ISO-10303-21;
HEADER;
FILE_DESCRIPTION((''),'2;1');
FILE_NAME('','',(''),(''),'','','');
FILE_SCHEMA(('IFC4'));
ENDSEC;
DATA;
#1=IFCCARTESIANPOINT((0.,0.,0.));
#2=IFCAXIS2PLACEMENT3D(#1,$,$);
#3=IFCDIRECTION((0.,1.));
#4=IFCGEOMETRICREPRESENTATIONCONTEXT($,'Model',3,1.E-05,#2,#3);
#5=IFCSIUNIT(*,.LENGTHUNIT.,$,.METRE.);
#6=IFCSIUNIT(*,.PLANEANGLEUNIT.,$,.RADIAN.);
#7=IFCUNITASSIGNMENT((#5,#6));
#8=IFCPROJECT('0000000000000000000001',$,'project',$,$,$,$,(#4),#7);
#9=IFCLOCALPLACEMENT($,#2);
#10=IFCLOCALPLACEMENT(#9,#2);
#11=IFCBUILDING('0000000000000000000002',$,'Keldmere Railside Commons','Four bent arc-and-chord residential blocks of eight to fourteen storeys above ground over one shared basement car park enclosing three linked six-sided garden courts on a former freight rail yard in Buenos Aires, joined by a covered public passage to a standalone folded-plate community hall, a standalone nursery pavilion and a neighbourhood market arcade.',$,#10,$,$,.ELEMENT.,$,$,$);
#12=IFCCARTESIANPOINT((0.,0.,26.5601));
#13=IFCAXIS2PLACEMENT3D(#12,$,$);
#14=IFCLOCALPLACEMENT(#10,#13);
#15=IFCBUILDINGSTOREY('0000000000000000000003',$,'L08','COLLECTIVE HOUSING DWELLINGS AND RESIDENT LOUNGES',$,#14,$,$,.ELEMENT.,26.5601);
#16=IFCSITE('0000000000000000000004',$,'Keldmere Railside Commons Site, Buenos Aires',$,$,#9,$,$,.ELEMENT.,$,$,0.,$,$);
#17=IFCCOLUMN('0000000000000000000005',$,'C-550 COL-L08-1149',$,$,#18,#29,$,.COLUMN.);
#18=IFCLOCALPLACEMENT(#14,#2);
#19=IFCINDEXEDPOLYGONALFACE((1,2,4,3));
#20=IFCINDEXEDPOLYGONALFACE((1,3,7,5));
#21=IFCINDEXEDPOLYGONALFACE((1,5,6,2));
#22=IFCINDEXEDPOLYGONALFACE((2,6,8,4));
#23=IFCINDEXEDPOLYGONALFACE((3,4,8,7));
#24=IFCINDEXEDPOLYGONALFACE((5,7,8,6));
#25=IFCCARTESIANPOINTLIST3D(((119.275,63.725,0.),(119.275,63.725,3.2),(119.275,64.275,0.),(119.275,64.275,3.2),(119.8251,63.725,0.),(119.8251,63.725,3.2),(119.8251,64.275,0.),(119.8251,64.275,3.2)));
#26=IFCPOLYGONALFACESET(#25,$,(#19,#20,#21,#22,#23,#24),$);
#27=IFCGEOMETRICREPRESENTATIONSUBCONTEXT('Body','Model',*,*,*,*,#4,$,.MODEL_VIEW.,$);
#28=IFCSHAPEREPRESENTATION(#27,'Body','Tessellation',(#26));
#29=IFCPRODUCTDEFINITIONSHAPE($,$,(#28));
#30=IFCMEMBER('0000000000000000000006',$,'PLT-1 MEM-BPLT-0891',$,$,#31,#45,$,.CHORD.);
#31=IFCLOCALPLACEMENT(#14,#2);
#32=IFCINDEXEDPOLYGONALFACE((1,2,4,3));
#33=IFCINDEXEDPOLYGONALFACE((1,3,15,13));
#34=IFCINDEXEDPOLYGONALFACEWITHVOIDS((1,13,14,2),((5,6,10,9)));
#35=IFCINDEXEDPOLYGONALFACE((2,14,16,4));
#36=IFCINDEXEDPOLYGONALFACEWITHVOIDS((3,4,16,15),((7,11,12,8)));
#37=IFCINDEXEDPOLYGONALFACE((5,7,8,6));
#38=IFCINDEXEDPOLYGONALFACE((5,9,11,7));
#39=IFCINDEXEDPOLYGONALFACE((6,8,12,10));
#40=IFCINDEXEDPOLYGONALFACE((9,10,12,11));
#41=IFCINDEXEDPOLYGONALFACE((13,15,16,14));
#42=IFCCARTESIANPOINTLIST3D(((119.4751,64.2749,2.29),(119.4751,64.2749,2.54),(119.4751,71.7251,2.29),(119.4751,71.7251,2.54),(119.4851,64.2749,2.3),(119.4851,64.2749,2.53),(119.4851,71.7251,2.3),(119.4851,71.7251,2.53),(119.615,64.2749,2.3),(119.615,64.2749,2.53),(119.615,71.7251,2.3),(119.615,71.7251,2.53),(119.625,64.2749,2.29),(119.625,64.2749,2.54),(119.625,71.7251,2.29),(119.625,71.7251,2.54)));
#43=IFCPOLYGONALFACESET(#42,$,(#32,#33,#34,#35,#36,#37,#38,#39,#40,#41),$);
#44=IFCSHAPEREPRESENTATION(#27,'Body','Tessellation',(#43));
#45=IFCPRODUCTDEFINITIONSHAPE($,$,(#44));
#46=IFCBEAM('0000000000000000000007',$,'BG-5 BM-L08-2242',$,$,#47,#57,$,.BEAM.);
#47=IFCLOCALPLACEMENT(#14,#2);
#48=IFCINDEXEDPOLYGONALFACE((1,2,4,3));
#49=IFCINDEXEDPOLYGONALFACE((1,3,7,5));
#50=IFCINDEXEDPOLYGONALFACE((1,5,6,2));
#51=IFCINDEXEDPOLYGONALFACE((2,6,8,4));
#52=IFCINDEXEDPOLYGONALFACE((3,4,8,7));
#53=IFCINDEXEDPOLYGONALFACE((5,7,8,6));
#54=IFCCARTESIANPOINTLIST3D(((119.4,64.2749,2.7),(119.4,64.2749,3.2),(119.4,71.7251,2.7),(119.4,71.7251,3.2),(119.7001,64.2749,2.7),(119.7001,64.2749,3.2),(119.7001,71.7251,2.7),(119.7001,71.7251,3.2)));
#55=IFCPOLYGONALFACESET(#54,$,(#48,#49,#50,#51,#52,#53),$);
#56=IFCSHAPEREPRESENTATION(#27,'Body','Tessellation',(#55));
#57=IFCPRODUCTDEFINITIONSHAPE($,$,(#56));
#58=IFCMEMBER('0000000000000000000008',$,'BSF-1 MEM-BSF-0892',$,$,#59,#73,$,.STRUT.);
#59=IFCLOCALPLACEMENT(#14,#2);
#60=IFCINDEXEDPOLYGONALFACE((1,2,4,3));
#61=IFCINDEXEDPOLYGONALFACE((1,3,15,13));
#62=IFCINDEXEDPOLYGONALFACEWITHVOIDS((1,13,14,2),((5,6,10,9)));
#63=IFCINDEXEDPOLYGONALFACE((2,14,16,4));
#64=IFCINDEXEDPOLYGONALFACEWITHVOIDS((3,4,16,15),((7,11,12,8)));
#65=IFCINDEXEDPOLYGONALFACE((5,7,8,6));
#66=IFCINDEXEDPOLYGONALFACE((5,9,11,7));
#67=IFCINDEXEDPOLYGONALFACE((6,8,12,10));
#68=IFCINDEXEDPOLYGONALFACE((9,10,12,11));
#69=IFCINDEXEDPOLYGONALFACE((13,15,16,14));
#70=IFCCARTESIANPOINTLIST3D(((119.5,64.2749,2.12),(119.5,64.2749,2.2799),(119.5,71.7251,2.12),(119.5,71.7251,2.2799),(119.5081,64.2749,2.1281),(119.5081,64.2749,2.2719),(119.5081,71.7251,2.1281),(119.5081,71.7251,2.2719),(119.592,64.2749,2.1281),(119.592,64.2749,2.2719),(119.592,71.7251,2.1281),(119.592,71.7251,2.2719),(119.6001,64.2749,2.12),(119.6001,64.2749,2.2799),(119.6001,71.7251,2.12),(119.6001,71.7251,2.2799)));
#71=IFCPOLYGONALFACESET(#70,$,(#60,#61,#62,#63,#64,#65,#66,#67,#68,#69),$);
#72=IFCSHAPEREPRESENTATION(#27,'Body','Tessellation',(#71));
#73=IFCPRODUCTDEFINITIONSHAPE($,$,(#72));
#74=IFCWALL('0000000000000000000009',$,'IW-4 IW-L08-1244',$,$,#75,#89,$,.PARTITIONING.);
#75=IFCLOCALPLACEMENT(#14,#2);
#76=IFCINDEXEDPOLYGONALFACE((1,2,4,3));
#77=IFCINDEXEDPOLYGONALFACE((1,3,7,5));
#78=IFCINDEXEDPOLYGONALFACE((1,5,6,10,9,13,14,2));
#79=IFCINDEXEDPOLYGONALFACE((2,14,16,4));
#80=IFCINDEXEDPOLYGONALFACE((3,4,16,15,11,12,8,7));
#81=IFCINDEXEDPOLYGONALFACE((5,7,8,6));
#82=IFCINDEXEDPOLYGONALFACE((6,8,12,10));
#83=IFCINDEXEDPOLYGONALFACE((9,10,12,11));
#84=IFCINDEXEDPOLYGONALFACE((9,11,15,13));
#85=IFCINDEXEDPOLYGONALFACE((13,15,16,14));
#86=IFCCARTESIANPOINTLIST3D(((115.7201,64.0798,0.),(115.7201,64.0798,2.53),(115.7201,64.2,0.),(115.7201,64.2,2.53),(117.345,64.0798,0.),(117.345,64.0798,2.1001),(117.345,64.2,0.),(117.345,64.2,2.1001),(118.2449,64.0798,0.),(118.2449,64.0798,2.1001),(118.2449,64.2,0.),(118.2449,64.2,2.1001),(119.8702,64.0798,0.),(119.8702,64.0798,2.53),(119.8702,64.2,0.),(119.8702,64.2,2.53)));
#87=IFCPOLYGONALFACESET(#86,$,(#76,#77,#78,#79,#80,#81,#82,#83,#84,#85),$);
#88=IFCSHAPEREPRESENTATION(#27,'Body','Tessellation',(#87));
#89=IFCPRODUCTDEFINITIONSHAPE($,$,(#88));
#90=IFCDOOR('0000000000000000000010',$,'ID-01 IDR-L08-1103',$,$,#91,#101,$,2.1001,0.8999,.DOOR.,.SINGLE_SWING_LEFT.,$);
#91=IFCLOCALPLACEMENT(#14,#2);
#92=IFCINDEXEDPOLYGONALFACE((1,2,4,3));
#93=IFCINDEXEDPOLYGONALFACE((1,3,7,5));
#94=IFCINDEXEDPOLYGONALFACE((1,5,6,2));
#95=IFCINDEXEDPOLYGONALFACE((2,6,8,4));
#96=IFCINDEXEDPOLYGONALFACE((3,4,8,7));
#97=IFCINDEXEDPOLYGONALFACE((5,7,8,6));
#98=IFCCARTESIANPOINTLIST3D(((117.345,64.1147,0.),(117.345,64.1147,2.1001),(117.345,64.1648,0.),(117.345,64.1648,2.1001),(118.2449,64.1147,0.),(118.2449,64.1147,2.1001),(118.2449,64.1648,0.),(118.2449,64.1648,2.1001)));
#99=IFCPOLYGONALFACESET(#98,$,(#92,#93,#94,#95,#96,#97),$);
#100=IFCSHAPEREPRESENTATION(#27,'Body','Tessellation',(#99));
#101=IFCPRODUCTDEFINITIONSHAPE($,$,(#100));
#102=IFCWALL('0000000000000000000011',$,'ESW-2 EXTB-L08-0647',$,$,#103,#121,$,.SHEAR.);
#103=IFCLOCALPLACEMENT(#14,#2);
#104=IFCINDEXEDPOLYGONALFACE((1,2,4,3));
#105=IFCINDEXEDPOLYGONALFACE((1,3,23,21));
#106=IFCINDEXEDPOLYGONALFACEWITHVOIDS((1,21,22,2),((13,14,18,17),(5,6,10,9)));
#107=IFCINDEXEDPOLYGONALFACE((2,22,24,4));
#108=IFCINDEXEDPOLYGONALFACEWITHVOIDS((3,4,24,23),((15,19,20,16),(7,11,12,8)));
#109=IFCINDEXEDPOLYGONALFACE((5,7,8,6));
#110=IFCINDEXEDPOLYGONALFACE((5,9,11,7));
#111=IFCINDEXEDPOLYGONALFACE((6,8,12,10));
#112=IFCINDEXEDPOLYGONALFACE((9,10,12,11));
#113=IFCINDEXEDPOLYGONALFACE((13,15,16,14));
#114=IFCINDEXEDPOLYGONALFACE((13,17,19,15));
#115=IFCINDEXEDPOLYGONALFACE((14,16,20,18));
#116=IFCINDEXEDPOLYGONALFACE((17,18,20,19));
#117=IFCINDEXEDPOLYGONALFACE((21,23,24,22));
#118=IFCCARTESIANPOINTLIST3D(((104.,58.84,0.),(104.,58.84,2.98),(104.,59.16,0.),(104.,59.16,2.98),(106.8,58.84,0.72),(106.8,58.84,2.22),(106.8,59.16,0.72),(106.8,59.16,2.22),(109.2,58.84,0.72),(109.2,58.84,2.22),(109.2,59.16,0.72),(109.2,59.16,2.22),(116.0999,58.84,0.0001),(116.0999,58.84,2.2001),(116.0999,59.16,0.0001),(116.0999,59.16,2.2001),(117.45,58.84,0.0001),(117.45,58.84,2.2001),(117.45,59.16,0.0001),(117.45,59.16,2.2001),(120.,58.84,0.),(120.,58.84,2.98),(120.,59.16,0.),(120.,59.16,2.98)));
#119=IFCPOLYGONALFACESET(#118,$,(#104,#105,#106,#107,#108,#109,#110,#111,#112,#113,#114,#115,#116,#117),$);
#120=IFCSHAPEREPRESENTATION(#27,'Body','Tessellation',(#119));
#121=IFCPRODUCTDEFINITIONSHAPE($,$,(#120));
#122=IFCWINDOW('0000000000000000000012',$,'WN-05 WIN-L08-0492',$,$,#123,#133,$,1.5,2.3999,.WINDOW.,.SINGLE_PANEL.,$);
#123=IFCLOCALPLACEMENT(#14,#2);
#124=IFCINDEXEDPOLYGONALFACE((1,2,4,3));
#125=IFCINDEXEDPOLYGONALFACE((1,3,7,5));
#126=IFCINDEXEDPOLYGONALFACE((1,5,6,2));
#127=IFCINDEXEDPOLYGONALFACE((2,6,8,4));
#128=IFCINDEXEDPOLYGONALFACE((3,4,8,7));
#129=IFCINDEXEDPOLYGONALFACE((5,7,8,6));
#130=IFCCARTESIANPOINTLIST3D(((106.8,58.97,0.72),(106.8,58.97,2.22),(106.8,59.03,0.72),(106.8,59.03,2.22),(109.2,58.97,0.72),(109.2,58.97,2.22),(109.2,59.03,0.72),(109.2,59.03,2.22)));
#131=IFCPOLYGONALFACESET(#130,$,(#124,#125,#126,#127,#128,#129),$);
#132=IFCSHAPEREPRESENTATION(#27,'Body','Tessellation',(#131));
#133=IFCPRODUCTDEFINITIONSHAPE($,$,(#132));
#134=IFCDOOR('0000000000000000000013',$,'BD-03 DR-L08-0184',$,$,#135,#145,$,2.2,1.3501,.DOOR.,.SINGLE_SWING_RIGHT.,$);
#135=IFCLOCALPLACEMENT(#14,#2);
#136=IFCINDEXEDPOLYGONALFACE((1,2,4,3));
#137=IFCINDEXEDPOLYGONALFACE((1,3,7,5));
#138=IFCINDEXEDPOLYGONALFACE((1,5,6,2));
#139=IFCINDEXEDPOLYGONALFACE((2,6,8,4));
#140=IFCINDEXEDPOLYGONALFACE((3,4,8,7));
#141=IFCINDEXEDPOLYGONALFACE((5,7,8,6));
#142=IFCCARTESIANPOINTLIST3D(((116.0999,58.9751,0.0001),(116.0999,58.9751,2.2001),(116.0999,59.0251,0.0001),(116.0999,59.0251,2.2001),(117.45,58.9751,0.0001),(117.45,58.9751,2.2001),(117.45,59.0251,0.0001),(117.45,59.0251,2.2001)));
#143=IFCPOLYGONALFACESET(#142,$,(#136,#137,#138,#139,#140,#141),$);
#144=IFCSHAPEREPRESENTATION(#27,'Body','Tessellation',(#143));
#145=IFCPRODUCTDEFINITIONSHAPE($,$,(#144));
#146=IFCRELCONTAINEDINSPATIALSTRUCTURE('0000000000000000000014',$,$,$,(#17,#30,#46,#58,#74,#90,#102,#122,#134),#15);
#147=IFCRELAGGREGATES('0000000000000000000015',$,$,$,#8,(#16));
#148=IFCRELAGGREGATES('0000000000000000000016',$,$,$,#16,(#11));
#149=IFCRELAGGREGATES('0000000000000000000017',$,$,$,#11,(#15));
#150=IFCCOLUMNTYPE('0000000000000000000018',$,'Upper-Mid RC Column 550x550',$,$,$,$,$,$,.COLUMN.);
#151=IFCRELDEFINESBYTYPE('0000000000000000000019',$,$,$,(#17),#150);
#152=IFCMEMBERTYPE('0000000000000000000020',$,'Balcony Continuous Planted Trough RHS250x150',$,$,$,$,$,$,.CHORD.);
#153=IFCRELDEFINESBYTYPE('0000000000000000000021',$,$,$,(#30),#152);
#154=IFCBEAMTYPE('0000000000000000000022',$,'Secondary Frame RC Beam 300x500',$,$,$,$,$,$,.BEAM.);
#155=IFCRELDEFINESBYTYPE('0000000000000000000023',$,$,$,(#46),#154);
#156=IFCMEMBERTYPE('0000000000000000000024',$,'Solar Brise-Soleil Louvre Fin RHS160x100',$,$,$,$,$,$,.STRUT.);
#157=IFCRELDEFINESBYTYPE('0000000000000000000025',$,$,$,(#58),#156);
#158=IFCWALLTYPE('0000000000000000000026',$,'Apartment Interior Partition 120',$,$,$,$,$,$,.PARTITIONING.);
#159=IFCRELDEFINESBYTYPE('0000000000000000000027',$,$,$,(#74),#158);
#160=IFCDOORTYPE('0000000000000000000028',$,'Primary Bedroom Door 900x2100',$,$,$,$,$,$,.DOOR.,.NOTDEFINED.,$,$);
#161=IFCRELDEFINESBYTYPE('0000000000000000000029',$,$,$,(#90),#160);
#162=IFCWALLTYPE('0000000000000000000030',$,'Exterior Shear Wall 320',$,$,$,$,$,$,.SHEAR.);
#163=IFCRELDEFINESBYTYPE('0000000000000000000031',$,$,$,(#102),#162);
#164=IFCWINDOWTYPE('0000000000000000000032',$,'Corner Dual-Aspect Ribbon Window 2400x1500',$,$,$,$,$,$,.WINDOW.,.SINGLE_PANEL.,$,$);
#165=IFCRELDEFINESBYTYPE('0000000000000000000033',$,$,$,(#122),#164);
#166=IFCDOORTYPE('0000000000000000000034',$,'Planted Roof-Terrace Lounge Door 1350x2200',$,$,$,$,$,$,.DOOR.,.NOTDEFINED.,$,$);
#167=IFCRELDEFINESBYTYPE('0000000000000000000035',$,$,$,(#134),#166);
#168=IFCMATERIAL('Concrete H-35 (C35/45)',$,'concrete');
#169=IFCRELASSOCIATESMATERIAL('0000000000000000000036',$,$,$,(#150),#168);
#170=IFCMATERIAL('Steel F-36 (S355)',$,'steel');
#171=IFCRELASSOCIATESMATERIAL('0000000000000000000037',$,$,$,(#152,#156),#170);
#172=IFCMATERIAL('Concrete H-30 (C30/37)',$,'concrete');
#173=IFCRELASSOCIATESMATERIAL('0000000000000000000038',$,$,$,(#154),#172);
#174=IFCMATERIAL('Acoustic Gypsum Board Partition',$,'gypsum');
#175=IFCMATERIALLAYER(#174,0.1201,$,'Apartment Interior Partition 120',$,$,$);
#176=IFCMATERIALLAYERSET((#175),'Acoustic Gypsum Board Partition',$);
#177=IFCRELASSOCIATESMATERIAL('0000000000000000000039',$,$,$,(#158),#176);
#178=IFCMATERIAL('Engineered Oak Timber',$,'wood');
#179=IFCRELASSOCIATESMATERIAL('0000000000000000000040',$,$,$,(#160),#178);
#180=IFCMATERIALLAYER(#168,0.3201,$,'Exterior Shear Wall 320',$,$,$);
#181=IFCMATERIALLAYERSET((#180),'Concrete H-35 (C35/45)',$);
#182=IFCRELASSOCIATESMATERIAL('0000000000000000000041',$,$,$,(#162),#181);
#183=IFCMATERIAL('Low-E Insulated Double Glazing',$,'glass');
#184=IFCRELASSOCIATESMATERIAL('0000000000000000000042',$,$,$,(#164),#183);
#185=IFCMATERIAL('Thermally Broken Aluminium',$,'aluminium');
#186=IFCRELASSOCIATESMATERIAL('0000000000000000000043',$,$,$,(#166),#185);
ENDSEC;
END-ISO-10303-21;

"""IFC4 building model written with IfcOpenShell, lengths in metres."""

from ifc_helpers import new_model, si_unit, direction, frame, frame_2d, origin, origin_2d, place, context, subcontext, project, spatial, rectangle, hollow_rectangle, extrude, material, layer, layer_set, material_profile, profile_set, type_object, element, fill, save


model = new_model("IFC4")

# Units and contexts
model_context = context("Model", 3, precision=1e-05, world=origin(), true_north=direction((0.0, 1.0)))
body_context = subcontext(model_context, "Body", "Model", "MODEL_VIEW")
ifc_project = project(units=[si_unit("LENGTHUNIT", "METRE"), si_unit("PLANEANGLEUNIT", "RADIAN")], contexts=[model_context])

# Site, building, storey
site_placement = place(None, origin())
site = spatial("IfcSite", under=ifc_project, at=site_placement, Name="Keldmere Railside Commons Site, Buenos Aires", CompositionType="ELEMENT", RefElevation=0.0)
building_placement = place(site_placement, origin())
building = spatial("IfcBuilding", under=site, at=building_placement, Name="Keldmere Railside Commons", Description="Four bent arc-and-chord residential blocks of eight to fourteen storeys above ground over one shared basement car park enclosing three linked six-sided garden courts on a former freight rail yard in Buenos Aires, joined by a covered public passage to a standalone folded-plate community hall, a standalone nursery pavilion and a neighbourhood market arcade.", CompositionType="ELEMENT")
storey_placement = place(building_placement, frame((0.0, 0.0, 26.5601)))
storey = spatial("IfcBuildingStorey", under=building, at=storey_placement, Name="L08", Description="COLLECTIVE HOUSING DWELLINGS AND RESIDENT LOUNGES", CompositionType="ELEMENT", Elevation=26.5601)

# Column
ifc_material_1 = material(Name="Concrete H-35 (C35/45)", Category="concrete")
ifc_material_profile_1 = material_profile(ifc_material_1, rectangle(XDim=0.55, YDim=0.55, at=origin_2d()), Name="RC-550x550")
ifc_profile_set_1 = profile_set([ifc_material_profile_1], Name="Concrete H-35 (C35/45)")
column_type = type_object("IfcColumnType", Name="Upper-Mid RC Column 550x550", PredefinedType="COLUMN", material=ifc_profile_set_1)
column_placement = place(storey_placement, frame((119.55, 64.0, 0.0), z_axis=(0.0, 0.0, 1.0), x_axis=(1.0, 0.0, 0.0)))
element("IfcColumn", 1, at=column_placement, inside=storey, type_object=column_type, Name="C-550 COL-L08-1149", PredefinedType="COLUMN", context=body_context, shape_type="SweptSolid", body=[
    extrude(rectangle(XDim=0.55, YDim=0.55, at=origin_2d()), origin(), (0.0, 0.0, 1.0), 3.2),
])

# Member
ifc_material_2 = material(Name="Steel F-36 (S355)", Category="steel")
ifc_material_profile_2 = material_profile(ifc_material_2, hollow_rectangle(XDim=0.1499, YDim=0.25, WallThickness=0.01, at=origin_2d()), Name="RHS-250x150x10")
ifc_profile_set_2 = profile_set([ifc_material_profile_2], Name="Steel F-36 (S355)")
member_type_1 = type_object("IfcMemberType", Name="Balcony Continuous Planted Trough RHS250x150", PredefinedType="CHORD", material=ifc_profile_set_2)
member_1_placement = place(storey_placement, frame((119.55, 64.2749, 2.415), z_axis=(0.0, 1.0, 0.0), x_axis=(-1.0, 0.0, 0.0)))
element("IfcMember", 2, at=member_1_placement, inside=storey, type_object=member_type_1, Name="PLT-1 MEM-BPLT-0891", PredefinedType="CHORD", context=body_context, shape_type="SweptSolid", body=[
    extrude(hollow_rectangle(XDim=0.1499, YDim=0.25, WallThickness=0.01, at=origin_2d()), origin(), (0.0, 0.0, 1.0), 7.4502),
])

# Beam
ifc_material_3 = material(Name="Concrete H-30 (C30/37)", Category="concrete")
ifc_material_profile_3 = material_profile(ifc_material_3, rectangle(XDim=0.3, YDim=0.5, at=origin_2d()), Name="RC-300x500")
ifc_profile_set_3 = profile_set([ifc_material_profile_3], Name="Concrete H-30 (C30/37)")
beam_type = type_object("IfcBeamType", Name="Secondary Frame RC Beam 300x500", PredefinedType="BEAM", material=ifc_profile_set_3)
beam_placement = place(storey_placement, frame((119.55, 64.2749, 2.95), z_axis=(0.0, 1.0, 0.0), x_axis=(-1.0, 0.0, 0.0)))
element("IfcBeam", 3, at=beam_placement, inside=storey, type_object=beam_type, Name="BG-5 BM-L08-2242", PredefinedType="BEAM", context=body_context, shape_type="SweptSolid", body=[
    extrude(rectangle(XDim=0.3, YDim=0.5, at=origin_2d()), origin(), (0.0, 0.0, 1.0), 7.4502),
])

# Member
ifc_material_profile_4 = material_profile(ifc_material_2, hollow_rectangle(XDim=0.1001, YDim=0.1599, WallThickness=0.0081, at=origin_2d()), Name="RHS-160x100x8")
ifc_profile_set_4 = profile_set([ifc_material_profile_4], Name="Steel F-36 (S355)")
member_type_2 = type_object("IfcMemberType", Name="Solar Brise-Soleil Louvre Fin RHS160x100", PredefinedType="STRUT", material=ifc_profile_set_4)
member_2_placement = place(storey_placement, frame((119.55, 64.2749, 2.2), z_axis=(0.0, 1.0, 0.0), x_axis=(-1.0, 0.0, 0.0)))
element("IfcMember", 4, at=member_2_placement, inside=storey, type_object=member_type_2, Name="BSF-1 MEM-BSF-0892", PredefinedType="STRUT", context=body_context, shape_type="SweptSolid", body=[
    extrude(hollow_rectangle(XDim=0.1001, YDim=0.1599, WallThickness=0.0081, at=origin_2d()), origin(), (0.0, 0.0, 1.0), 7.4502),
])

# Wall, opening, door
ifc_material_4 = material(Name="Acoustic Gypsum Board Partition", Category="gypsum")
ifc_layer_1 = layer(ifc_material_4, 0.1201, Name="Apartment Interior Partition 120")
ifc_layer_set_1 = layer_set([ifc_layer_1], Name="Acoustic Gypsum Board Partition")
wall_type_1 = type_object("IfcWallType", Name="Apartment Interior Partition 120", PredefinedType="PARTITIONING", material=ifc_layer_set_1)
wall_1_placement = place(storey_placement, frame((115.72, 64.1399, 0.0), z_axis=(0.0, 0.0, 1.0), x_axis=(1.0, 0.0, 0.0)))
wall_1 = element("IfcWall", 5, at=wall_1_placement, inside=storey, type_object=wall_type_1, Name="IW-4 IW-L08-1244", PredefinedType="PARTITIONING", context=body_context, shape_type="SweptSolid", body=[
    extrude(rectangle(XDim=4.1501, YDim=0.1201, at=frame_2d((2.0752, 0.0))), origin(), (0.0, 0.0, 1.0), 2.53),
])
opening_1_placement = place(wall_1_placement, frame((1.625, 0.0, 0.0)))
opening_1 = element("IfcOpeningElement", 6, at=opening_1_placement, cuts=wall_1, PredefinedType="OPENING", context=body_context, shape_type="SweptSolid", body=[
    extrude(rectangle(XDim=0.8999, YDim=2.1001, at=frame_2d((0.45, 1.05))), frame((0.0, 0.0701, 0.0), z_axis=(0.0, -1.0, 0.0), x_axis=(1.0, 0.0, 0.0)), (0.0, 0.0, 1.0), 0.1401),
])
ifc_material_5 = material(Name="Engineered Oak Timber", Category="wood")
door_type_1 = type_object("IfcDoorType", Name="Primary Bedroom Door 900x2100", OperationType="NOTDEFINED", PredefinedType="DOOR", material=ifc_material_5)
door_1_placement = place(opening_1_placement, origin())
door_1 = element("IfcDoor", 7, at=door_1_placement, inside=storey, type_object=door_type_1, Name="ID-01 IDR-L08-1103", OperationType="SINGLE_SWING_LEFT", OverallHeight=2.1001, OverallWidth=0.8999, PredefinedType="DOOR", context=body_context, shape_type="SweptSolid", body=[
    extrude(rectangle(XDim=0.8999, YDim=2.1001, at=frame_2d((0.45, 1.05))), frame((0.0, 0.0249, 0.0), z_axis=(0.0, -1.0, 0.0), x_axis=(1.0, 0.0, 0.0)), (0.0, 0.0, 1.0), 0.05),
])
fill(opening_1, door_1)

# Wall, openings, window, door
ifc_layer_2 = layer(ifc_material_1, 0.3201, Name="Exterior Shear Wall 320")
ifc_layer_set_2 = layer_set([ifc_layer_2], Name="Concrete H-35 (C35/45)")
wall_type_2 = type_object("IfcWallType", Name="Exterior Shear Wall 320", PredefinedType="SHEAR", material=ifc_layer_set_2)
wall_2_placement = place(storey_placement, frame((120.0, 59.0, 0.0), z_axis=(0.0, 0.0, 1.0), x_axis=(-1.0, 0.0, 0.0)))
wall_2 = element("IfcWall", 8, at=wall_2_placement, inside=storey, type_object=wall_type_2, Name="ESW-2 EXTB-L08-0647", PredefinedType="SHEAR", context=body_context, shape_type="SweptSolid", body=[
    extrude(rectangle(XDim=16.0, YDim=0.3201, at=frame_2d((8.0, 0.0))), origin(), (0.0, 0.0, 1.0), 2.98),
])
opening_2_placement = place(wall_2_placement, frame((2.55, 0.0, 0.0)))
opening_2 = element("IfcOpeningElement", 9, at=opening_2_placement, cuts=wall_2, PredefinedType="OPENING", context=body_context, shape_type="SweptSolid", body=[
    extrude(rectangle(XDim=1.3501, YDim=2.2, at=frame_2d((0.675, 1.1001))), frame((0.0, 0.1699, 0.0), z_axis=(0.0, -1.0, 0.0), x_axis=(1.0, 0.0, 0.0)), (0.0, 0.0, 1.0), 0.3401),
])
opening_3_placement = place(wall_2_placement, frame((10.8, 0.0, 0.72)))
opening_3 = element("IfcOpeningElement", 10, at=opening_3_placement, cuts=wall_2, PredefinedType="OPENING", context=body_context, shape_type="SweptSolid", body=[
    extrude(rectangle(XDim=2.3999, YDim=1.5, at=frame_2d((1.2, 0.75))), frame((0.0, 0.1699, 0.0), z_axis=(0.0, -1.0, 0.0), x_axis=(1.0, 0.0, 0.0)), (0.0, 0.0, 1.0), 0.3401),
])
ifc_material_6 = material(Name="Low-E Insulated Double Glazing", Category="glass")
window_type = type_object("IfcWindowType", Name="Corner Dual-Aspect Ribbon Window 2400x1500", PartitioningType="SINGLE_PANEL", PredefinedType="WINDOW", material=ifc_material_6)
window_placement = place(opening_3_placement, origin())
window = element("IfcWindow", 11, at=window_placement, inside=storey, type_object=window_type, Name="WN-05 WIN-L08-0492", OverallHeight=1.5, OverallWidth=2.3999, PartitioningType="SINGLE_PANEL", PredefinedType="WINDOW", context=body_context, shape_type="SweptSolid", body=[
    extrude(rectangle(XDim=2.3999, YDim=1.5, at=frame_2d((1.2, 0.75))), frame((0.0, 0.03, 0.0), z_axis=(0.0, -1.0, 0.0), x_axis=(1.0, 0.0, 0.0)), (0.0, 0.0, 1.0), 0.0601),
])
fill(opening_3, window)
ifc_material_7 = material(Name="Thermally Broken Aluminium", Category="aluminium")
door_type_2 = type_object("IfcDoorType", Name="Planted Roof-Terrace Lounge Door 1350x2200", OperationType="NOTDEFINED", PredefinedType="DOOR", material=ifc_material_7)
door_2_placement = place(opening_2_placement, origin())
door_2 = element("IfcDoor", 12, at=door_2_placement, inside=storey, type_object=door_type_2, Name="BD-03 DR-L08-0184", OperationType="SINGLE_SWING_RIGHT", OverallHeight=2.2, OverallWidth=1.3501, PredefinedType="DOOR", context=body_context, shape_type="SweptSolid", body=[
    extrude(rectangle(XDim=1.3501, YDim=2.2, at=frame_2d((0.675, 1.1001))), frame((0.0, 0.0249, 0.0), z_axis=(0.0, -1.0, 0.0), x_axis=(1.0, 0.0, 0.0)), (0.0, 0.0, 1.0), 0.05),
])
fill(opening_2, door_2)

save(model, "model.ifc")
